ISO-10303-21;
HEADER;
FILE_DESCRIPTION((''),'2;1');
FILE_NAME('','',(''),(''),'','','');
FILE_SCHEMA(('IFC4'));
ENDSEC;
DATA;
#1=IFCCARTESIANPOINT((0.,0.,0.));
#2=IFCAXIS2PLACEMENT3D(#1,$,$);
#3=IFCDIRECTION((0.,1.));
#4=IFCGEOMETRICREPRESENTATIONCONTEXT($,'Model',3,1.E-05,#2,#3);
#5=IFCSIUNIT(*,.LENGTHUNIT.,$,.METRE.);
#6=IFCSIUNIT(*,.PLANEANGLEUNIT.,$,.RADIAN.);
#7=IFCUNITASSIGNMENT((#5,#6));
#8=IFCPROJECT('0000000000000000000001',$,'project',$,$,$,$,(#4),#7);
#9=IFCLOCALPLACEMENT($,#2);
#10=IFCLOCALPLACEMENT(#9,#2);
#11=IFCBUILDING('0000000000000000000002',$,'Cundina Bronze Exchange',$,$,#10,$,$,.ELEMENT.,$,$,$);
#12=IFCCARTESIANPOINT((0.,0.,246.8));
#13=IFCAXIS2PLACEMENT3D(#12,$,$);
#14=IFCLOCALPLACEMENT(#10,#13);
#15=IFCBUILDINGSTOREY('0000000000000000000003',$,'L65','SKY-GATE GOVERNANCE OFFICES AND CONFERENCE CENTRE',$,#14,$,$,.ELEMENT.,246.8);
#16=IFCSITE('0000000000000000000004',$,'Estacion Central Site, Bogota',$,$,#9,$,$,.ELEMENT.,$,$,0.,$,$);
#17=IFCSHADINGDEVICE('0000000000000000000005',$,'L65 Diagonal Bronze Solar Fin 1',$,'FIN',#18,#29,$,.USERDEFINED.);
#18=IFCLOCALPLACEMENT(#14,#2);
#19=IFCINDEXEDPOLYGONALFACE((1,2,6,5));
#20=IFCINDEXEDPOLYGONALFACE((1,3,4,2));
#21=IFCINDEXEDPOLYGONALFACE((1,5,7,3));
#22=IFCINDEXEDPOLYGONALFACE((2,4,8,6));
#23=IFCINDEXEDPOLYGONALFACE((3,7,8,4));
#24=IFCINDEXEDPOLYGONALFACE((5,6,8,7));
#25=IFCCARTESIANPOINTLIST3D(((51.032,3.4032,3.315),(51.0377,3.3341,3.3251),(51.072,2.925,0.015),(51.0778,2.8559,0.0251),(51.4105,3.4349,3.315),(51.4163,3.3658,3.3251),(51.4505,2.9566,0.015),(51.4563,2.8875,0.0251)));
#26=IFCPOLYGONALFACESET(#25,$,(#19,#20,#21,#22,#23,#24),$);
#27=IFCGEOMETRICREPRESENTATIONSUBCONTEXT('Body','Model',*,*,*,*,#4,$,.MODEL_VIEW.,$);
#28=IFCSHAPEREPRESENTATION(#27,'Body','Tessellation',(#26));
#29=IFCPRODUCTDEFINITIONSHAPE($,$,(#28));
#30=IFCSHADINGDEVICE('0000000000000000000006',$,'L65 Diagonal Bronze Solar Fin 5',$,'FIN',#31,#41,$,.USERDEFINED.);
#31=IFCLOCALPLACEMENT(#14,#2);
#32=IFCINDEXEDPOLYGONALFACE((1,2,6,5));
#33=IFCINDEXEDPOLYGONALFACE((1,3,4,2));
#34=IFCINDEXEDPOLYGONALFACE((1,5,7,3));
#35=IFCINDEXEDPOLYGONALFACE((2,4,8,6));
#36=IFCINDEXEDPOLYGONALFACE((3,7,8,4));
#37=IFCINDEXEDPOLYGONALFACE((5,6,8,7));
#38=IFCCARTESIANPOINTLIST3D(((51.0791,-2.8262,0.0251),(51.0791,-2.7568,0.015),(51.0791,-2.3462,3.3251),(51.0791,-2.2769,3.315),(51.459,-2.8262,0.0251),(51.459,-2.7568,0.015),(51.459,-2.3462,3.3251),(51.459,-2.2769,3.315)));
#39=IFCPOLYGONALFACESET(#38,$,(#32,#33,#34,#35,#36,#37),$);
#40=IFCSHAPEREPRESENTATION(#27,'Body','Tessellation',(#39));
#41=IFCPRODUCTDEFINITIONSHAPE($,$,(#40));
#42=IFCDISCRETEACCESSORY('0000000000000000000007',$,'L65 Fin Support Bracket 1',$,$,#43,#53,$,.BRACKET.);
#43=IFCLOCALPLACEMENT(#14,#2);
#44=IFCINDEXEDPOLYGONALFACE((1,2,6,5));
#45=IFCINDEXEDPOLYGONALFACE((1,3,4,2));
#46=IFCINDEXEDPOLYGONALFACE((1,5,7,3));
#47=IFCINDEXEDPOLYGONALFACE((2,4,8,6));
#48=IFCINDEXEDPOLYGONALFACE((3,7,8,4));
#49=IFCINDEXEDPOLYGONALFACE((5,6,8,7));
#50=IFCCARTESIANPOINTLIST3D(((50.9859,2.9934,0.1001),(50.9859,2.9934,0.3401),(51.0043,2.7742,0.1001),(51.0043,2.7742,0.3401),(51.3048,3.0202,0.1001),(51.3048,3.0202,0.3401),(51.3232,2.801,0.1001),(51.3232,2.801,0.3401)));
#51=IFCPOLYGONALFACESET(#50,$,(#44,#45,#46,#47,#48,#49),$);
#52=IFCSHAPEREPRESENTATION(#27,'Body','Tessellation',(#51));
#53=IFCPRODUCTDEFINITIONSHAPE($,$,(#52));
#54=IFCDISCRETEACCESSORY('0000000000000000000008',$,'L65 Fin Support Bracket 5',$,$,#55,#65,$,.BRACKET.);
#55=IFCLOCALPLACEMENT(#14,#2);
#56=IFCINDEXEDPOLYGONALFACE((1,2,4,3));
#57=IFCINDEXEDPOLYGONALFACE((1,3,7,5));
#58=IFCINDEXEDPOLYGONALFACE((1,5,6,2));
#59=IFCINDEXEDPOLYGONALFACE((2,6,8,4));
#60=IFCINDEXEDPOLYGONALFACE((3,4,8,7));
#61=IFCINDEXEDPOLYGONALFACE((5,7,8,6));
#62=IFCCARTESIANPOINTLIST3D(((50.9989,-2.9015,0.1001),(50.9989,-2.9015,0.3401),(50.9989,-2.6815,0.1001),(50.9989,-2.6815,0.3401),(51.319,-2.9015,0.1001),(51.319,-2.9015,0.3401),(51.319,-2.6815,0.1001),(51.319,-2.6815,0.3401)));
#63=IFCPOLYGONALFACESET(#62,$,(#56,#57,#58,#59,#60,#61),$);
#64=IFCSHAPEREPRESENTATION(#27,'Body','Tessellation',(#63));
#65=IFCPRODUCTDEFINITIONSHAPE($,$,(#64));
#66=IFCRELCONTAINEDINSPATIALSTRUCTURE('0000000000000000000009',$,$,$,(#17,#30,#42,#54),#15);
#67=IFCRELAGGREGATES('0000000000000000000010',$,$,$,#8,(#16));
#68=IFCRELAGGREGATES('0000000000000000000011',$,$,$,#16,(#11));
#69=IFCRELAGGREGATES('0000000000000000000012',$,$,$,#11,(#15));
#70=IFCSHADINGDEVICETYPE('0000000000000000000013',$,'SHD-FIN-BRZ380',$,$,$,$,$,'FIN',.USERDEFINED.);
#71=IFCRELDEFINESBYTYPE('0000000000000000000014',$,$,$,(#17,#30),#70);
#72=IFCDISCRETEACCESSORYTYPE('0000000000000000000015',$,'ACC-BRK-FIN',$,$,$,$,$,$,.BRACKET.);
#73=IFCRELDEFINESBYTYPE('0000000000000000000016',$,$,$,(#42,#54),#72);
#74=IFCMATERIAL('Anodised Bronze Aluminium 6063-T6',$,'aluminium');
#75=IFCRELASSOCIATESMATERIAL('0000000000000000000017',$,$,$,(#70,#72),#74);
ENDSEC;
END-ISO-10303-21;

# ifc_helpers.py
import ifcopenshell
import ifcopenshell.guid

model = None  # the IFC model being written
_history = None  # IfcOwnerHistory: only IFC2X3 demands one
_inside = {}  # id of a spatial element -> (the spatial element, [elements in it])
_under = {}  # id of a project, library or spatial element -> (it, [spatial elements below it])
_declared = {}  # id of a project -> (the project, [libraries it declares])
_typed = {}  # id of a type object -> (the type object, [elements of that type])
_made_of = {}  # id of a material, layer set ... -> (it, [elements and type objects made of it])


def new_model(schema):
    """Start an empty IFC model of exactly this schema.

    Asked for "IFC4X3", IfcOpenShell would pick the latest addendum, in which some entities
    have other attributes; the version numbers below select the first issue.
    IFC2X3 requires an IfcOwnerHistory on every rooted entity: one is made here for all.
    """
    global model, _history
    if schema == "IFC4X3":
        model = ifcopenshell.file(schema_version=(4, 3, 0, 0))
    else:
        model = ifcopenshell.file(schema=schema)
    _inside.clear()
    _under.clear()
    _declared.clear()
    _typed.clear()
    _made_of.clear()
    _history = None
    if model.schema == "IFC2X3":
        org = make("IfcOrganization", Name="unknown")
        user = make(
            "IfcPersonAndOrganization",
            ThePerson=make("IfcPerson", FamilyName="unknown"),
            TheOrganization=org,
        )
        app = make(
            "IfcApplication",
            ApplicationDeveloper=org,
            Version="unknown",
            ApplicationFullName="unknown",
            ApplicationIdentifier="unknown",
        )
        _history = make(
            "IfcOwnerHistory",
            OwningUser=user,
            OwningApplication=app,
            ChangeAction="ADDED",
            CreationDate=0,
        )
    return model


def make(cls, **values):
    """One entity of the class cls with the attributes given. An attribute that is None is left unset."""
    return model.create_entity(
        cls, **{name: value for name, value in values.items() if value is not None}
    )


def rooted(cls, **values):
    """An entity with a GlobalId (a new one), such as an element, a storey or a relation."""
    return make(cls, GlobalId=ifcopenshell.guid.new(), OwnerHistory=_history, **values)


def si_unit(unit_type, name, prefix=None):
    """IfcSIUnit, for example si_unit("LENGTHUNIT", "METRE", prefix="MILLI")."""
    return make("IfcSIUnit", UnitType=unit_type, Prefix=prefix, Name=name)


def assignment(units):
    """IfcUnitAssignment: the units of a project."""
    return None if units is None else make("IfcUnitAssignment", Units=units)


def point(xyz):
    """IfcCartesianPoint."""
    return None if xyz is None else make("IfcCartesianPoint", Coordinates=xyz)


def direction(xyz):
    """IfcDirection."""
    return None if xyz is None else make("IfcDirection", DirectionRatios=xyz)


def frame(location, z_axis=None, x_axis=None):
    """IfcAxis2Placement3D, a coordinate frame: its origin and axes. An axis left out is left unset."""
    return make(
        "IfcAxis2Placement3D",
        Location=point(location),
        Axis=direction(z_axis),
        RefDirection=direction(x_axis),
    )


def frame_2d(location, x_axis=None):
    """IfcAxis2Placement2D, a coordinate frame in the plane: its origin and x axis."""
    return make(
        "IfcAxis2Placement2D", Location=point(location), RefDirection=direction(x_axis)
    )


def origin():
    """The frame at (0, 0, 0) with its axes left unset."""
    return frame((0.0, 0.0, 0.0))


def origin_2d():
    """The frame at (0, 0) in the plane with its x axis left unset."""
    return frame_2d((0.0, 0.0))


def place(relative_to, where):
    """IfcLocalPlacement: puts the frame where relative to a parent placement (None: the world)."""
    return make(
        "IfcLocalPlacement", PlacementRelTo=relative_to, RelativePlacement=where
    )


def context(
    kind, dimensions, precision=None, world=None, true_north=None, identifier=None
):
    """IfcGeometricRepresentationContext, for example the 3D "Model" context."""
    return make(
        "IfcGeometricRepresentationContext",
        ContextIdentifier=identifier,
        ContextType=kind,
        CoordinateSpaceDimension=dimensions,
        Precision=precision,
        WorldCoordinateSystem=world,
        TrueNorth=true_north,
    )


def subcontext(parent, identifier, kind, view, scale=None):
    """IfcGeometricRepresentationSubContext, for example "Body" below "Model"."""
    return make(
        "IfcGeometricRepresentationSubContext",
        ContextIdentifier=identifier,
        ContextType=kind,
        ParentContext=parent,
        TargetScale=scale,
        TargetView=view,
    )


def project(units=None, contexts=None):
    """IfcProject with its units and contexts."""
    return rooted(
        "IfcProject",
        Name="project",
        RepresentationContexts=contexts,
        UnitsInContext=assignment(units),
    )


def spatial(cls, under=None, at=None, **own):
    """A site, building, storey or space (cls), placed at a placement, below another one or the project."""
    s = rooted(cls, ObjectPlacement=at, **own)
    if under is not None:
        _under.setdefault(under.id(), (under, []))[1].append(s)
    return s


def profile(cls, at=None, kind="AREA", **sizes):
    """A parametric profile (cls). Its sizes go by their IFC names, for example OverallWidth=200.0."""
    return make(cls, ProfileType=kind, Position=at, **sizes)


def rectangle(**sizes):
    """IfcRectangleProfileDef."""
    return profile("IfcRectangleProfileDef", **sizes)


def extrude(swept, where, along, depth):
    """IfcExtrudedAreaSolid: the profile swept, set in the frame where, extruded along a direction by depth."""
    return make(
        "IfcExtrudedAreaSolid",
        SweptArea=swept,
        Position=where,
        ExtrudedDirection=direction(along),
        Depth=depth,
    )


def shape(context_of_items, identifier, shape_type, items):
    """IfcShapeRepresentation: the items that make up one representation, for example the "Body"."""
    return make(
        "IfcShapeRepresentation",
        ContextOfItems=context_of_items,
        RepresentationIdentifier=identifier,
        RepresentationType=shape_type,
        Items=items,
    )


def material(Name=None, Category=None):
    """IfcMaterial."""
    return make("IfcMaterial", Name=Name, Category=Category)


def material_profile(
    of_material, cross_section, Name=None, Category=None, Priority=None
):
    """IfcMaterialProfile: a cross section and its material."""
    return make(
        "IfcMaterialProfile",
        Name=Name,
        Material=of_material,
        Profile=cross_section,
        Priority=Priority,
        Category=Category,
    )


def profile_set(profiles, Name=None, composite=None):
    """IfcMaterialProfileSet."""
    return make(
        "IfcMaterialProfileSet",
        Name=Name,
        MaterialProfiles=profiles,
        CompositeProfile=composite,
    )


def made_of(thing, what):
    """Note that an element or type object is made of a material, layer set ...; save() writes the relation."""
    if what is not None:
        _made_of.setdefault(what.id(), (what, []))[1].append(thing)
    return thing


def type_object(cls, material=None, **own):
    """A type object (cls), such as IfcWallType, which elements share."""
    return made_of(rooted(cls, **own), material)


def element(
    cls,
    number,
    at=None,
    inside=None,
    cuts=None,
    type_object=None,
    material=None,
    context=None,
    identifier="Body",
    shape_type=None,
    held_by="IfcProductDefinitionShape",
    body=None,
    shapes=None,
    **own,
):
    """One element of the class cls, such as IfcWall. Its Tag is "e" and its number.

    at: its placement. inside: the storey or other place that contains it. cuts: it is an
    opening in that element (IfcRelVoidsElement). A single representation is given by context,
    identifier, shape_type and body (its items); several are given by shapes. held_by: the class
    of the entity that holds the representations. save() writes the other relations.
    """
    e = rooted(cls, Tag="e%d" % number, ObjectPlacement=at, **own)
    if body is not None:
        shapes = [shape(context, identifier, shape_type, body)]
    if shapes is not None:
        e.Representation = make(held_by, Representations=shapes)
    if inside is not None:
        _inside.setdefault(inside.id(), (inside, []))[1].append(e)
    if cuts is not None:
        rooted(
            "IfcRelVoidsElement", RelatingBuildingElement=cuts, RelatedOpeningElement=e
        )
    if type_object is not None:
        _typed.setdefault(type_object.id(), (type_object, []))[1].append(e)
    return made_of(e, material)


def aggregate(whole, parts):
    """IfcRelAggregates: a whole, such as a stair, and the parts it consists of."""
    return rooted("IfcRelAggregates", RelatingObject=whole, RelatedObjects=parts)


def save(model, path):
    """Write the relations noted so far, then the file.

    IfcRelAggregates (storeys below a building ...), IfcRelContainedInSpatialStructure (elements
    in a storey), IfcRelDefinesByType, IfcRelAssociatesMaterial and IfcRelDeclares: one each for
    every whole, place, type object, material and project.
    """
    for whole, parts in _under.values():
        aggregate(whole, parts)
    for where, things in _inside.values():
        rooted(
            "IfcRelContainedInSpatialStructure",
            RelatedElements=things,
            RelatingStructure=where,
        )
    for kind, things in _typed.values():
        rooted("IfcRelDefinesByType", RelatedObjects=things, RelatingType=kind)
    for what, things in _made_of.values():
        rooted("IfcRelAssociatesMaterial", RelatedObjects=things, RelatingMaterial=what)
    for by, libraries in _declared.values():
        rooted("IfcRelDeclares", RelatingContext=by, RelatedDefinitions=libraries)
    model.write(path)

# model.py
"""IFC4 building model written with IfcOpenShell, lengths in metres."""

from ifc_helpers import new_model, si_unit, direction, frame, origin, origin_2d, place, context, subcontext, project, spatial, rectangle, extrude, material, material_profile, profile_set, type_object, element, save


model = new_model("IFC4")

# Units and contexts
model_context = context("Model", 3, precision=1e-05, world=origin(), true_north=direction((0.0, 1.0)))
body_context = subcontext(model_context, "Body", "Model", "MODEL_VIEW")
ifc_project = project(units=[si_unit("LENGTHUNIT", "METRE"), si_unit("PLANEANGLEUNIT", "RADIAN")], contexts=[model_context])

# Site, building, storey
site_placement = place(None, origin())
site = spatial("IfcSite", under=ifc_project, at=site_placement, Name="Estacion Central Site, Bogota", CompositionType="ELEMENT", RefElevation=0.0)
building_placement = place(site_placement, origin())
building = spatial("IfcBuilding", under=site, at=building_placement, Name="Cundina Bronze Exchange", CompositionType="ELEMENT")
storey_placement = place(building_placement, frame((0.0, 0.0, 246.8)))
storey = spatial("IfcBuildingStorey", under=building, at=storey_placement, Name="L65", Description="SKY-GATE GOVERNANCE OFFICES AND CONFERENCE CENTRE", CompositionType="ELEMENT", Elevation=246.8)

# Shared definitions
ifc_material_1 = material(Name="Anodised Bronze Aluminium 6063-T6", Category="aluminium")

# Shading devices
ifc_material_profile_1 = material_profile(ifc_material_1, rectangle(XDim=0.0701, YDim=0.3799, at=origin_2d()), Name="FIN70X380", Category="aluminium")
ifc_profile_set_1 = profile_set([ifc_material_profile_1], Name="Anodised Bronze Aluminium 6063-T6")
shading_device_type = type_object("IfcShadingDeviceType", Name="SHD-FIN-BRZ380", ElementType="FIN", PredefinedType="USERDEFINED", material=ifc_profile_set_1)
for number, where, z_axis, x_axis, name in (
    (1, (51.2642, 2.9062, 0.02), (-0.012007, 0.14342, 0.989589), (0.082556, -0.98614, 0.143921), "L65 Diagonal Bronze Solar Fin 1"),
    (2, (51.269, -2.7915, 0.02), (0.0, 0.143932, 0.989588), (0.0, -0.989588, 0.143932), "L65 Diagonal Bronze Solar Fin 5"),
):
    element("IfcShadingDevice", number, at=place(storey_placement, frame(where, z_axis=z_axis, x_axis=x_axis)), inside=storey, type_object=shading_device_type, Name=name, ObjectType="FIN", PredefinedType="USERDEFINED", context=body_context, shape_type="SweptSolid", body=[
        extrude(rectangle(XDim=0.0701, YDim=0.3799, at=origin_2d()), origin(), (0.0, 0.0, 1.0), 3.3347),
    ])

# Discrete accessories
discrete_accessory_type = type_object("IfcDiscreteAccessoryType", Name="ACC-BRK-FIN", PredefinedType="BRACKET", material=ifc_material_1)
for number, where, z_axis, x_axis, name in (
    (3, (51.1545, 2.8972, 0.1001), (0.0, 0.0, 1.0), (-0.083747, 0.996487, 0.0), "L65 Fin Support Bracket 1"),
    (4, (51.1589, -2.7915, 0.1001), (0.0, 0.0, 1.0), (0.0, 1.0, 0.0), "L65 Fin Support Bracket 5"),
):
    element("IfcDiscreteAccessory", number, at=place(storey_placement, frame(where, z_axis=z_axis, x_axis=x_axis)), inside=storey, type_object=discrete_accessory_type, Name=name, PredefinedType="BRACKET", context=body_context, shape_type="SweptSolid", body=[
        extrude(rectangle(XDim=0.22, YDim=0.3201, at=origin_2d()), origin(), (0.0, 0.0, 1.0), 0.24),
    ])

save(model, "model.ifc")
